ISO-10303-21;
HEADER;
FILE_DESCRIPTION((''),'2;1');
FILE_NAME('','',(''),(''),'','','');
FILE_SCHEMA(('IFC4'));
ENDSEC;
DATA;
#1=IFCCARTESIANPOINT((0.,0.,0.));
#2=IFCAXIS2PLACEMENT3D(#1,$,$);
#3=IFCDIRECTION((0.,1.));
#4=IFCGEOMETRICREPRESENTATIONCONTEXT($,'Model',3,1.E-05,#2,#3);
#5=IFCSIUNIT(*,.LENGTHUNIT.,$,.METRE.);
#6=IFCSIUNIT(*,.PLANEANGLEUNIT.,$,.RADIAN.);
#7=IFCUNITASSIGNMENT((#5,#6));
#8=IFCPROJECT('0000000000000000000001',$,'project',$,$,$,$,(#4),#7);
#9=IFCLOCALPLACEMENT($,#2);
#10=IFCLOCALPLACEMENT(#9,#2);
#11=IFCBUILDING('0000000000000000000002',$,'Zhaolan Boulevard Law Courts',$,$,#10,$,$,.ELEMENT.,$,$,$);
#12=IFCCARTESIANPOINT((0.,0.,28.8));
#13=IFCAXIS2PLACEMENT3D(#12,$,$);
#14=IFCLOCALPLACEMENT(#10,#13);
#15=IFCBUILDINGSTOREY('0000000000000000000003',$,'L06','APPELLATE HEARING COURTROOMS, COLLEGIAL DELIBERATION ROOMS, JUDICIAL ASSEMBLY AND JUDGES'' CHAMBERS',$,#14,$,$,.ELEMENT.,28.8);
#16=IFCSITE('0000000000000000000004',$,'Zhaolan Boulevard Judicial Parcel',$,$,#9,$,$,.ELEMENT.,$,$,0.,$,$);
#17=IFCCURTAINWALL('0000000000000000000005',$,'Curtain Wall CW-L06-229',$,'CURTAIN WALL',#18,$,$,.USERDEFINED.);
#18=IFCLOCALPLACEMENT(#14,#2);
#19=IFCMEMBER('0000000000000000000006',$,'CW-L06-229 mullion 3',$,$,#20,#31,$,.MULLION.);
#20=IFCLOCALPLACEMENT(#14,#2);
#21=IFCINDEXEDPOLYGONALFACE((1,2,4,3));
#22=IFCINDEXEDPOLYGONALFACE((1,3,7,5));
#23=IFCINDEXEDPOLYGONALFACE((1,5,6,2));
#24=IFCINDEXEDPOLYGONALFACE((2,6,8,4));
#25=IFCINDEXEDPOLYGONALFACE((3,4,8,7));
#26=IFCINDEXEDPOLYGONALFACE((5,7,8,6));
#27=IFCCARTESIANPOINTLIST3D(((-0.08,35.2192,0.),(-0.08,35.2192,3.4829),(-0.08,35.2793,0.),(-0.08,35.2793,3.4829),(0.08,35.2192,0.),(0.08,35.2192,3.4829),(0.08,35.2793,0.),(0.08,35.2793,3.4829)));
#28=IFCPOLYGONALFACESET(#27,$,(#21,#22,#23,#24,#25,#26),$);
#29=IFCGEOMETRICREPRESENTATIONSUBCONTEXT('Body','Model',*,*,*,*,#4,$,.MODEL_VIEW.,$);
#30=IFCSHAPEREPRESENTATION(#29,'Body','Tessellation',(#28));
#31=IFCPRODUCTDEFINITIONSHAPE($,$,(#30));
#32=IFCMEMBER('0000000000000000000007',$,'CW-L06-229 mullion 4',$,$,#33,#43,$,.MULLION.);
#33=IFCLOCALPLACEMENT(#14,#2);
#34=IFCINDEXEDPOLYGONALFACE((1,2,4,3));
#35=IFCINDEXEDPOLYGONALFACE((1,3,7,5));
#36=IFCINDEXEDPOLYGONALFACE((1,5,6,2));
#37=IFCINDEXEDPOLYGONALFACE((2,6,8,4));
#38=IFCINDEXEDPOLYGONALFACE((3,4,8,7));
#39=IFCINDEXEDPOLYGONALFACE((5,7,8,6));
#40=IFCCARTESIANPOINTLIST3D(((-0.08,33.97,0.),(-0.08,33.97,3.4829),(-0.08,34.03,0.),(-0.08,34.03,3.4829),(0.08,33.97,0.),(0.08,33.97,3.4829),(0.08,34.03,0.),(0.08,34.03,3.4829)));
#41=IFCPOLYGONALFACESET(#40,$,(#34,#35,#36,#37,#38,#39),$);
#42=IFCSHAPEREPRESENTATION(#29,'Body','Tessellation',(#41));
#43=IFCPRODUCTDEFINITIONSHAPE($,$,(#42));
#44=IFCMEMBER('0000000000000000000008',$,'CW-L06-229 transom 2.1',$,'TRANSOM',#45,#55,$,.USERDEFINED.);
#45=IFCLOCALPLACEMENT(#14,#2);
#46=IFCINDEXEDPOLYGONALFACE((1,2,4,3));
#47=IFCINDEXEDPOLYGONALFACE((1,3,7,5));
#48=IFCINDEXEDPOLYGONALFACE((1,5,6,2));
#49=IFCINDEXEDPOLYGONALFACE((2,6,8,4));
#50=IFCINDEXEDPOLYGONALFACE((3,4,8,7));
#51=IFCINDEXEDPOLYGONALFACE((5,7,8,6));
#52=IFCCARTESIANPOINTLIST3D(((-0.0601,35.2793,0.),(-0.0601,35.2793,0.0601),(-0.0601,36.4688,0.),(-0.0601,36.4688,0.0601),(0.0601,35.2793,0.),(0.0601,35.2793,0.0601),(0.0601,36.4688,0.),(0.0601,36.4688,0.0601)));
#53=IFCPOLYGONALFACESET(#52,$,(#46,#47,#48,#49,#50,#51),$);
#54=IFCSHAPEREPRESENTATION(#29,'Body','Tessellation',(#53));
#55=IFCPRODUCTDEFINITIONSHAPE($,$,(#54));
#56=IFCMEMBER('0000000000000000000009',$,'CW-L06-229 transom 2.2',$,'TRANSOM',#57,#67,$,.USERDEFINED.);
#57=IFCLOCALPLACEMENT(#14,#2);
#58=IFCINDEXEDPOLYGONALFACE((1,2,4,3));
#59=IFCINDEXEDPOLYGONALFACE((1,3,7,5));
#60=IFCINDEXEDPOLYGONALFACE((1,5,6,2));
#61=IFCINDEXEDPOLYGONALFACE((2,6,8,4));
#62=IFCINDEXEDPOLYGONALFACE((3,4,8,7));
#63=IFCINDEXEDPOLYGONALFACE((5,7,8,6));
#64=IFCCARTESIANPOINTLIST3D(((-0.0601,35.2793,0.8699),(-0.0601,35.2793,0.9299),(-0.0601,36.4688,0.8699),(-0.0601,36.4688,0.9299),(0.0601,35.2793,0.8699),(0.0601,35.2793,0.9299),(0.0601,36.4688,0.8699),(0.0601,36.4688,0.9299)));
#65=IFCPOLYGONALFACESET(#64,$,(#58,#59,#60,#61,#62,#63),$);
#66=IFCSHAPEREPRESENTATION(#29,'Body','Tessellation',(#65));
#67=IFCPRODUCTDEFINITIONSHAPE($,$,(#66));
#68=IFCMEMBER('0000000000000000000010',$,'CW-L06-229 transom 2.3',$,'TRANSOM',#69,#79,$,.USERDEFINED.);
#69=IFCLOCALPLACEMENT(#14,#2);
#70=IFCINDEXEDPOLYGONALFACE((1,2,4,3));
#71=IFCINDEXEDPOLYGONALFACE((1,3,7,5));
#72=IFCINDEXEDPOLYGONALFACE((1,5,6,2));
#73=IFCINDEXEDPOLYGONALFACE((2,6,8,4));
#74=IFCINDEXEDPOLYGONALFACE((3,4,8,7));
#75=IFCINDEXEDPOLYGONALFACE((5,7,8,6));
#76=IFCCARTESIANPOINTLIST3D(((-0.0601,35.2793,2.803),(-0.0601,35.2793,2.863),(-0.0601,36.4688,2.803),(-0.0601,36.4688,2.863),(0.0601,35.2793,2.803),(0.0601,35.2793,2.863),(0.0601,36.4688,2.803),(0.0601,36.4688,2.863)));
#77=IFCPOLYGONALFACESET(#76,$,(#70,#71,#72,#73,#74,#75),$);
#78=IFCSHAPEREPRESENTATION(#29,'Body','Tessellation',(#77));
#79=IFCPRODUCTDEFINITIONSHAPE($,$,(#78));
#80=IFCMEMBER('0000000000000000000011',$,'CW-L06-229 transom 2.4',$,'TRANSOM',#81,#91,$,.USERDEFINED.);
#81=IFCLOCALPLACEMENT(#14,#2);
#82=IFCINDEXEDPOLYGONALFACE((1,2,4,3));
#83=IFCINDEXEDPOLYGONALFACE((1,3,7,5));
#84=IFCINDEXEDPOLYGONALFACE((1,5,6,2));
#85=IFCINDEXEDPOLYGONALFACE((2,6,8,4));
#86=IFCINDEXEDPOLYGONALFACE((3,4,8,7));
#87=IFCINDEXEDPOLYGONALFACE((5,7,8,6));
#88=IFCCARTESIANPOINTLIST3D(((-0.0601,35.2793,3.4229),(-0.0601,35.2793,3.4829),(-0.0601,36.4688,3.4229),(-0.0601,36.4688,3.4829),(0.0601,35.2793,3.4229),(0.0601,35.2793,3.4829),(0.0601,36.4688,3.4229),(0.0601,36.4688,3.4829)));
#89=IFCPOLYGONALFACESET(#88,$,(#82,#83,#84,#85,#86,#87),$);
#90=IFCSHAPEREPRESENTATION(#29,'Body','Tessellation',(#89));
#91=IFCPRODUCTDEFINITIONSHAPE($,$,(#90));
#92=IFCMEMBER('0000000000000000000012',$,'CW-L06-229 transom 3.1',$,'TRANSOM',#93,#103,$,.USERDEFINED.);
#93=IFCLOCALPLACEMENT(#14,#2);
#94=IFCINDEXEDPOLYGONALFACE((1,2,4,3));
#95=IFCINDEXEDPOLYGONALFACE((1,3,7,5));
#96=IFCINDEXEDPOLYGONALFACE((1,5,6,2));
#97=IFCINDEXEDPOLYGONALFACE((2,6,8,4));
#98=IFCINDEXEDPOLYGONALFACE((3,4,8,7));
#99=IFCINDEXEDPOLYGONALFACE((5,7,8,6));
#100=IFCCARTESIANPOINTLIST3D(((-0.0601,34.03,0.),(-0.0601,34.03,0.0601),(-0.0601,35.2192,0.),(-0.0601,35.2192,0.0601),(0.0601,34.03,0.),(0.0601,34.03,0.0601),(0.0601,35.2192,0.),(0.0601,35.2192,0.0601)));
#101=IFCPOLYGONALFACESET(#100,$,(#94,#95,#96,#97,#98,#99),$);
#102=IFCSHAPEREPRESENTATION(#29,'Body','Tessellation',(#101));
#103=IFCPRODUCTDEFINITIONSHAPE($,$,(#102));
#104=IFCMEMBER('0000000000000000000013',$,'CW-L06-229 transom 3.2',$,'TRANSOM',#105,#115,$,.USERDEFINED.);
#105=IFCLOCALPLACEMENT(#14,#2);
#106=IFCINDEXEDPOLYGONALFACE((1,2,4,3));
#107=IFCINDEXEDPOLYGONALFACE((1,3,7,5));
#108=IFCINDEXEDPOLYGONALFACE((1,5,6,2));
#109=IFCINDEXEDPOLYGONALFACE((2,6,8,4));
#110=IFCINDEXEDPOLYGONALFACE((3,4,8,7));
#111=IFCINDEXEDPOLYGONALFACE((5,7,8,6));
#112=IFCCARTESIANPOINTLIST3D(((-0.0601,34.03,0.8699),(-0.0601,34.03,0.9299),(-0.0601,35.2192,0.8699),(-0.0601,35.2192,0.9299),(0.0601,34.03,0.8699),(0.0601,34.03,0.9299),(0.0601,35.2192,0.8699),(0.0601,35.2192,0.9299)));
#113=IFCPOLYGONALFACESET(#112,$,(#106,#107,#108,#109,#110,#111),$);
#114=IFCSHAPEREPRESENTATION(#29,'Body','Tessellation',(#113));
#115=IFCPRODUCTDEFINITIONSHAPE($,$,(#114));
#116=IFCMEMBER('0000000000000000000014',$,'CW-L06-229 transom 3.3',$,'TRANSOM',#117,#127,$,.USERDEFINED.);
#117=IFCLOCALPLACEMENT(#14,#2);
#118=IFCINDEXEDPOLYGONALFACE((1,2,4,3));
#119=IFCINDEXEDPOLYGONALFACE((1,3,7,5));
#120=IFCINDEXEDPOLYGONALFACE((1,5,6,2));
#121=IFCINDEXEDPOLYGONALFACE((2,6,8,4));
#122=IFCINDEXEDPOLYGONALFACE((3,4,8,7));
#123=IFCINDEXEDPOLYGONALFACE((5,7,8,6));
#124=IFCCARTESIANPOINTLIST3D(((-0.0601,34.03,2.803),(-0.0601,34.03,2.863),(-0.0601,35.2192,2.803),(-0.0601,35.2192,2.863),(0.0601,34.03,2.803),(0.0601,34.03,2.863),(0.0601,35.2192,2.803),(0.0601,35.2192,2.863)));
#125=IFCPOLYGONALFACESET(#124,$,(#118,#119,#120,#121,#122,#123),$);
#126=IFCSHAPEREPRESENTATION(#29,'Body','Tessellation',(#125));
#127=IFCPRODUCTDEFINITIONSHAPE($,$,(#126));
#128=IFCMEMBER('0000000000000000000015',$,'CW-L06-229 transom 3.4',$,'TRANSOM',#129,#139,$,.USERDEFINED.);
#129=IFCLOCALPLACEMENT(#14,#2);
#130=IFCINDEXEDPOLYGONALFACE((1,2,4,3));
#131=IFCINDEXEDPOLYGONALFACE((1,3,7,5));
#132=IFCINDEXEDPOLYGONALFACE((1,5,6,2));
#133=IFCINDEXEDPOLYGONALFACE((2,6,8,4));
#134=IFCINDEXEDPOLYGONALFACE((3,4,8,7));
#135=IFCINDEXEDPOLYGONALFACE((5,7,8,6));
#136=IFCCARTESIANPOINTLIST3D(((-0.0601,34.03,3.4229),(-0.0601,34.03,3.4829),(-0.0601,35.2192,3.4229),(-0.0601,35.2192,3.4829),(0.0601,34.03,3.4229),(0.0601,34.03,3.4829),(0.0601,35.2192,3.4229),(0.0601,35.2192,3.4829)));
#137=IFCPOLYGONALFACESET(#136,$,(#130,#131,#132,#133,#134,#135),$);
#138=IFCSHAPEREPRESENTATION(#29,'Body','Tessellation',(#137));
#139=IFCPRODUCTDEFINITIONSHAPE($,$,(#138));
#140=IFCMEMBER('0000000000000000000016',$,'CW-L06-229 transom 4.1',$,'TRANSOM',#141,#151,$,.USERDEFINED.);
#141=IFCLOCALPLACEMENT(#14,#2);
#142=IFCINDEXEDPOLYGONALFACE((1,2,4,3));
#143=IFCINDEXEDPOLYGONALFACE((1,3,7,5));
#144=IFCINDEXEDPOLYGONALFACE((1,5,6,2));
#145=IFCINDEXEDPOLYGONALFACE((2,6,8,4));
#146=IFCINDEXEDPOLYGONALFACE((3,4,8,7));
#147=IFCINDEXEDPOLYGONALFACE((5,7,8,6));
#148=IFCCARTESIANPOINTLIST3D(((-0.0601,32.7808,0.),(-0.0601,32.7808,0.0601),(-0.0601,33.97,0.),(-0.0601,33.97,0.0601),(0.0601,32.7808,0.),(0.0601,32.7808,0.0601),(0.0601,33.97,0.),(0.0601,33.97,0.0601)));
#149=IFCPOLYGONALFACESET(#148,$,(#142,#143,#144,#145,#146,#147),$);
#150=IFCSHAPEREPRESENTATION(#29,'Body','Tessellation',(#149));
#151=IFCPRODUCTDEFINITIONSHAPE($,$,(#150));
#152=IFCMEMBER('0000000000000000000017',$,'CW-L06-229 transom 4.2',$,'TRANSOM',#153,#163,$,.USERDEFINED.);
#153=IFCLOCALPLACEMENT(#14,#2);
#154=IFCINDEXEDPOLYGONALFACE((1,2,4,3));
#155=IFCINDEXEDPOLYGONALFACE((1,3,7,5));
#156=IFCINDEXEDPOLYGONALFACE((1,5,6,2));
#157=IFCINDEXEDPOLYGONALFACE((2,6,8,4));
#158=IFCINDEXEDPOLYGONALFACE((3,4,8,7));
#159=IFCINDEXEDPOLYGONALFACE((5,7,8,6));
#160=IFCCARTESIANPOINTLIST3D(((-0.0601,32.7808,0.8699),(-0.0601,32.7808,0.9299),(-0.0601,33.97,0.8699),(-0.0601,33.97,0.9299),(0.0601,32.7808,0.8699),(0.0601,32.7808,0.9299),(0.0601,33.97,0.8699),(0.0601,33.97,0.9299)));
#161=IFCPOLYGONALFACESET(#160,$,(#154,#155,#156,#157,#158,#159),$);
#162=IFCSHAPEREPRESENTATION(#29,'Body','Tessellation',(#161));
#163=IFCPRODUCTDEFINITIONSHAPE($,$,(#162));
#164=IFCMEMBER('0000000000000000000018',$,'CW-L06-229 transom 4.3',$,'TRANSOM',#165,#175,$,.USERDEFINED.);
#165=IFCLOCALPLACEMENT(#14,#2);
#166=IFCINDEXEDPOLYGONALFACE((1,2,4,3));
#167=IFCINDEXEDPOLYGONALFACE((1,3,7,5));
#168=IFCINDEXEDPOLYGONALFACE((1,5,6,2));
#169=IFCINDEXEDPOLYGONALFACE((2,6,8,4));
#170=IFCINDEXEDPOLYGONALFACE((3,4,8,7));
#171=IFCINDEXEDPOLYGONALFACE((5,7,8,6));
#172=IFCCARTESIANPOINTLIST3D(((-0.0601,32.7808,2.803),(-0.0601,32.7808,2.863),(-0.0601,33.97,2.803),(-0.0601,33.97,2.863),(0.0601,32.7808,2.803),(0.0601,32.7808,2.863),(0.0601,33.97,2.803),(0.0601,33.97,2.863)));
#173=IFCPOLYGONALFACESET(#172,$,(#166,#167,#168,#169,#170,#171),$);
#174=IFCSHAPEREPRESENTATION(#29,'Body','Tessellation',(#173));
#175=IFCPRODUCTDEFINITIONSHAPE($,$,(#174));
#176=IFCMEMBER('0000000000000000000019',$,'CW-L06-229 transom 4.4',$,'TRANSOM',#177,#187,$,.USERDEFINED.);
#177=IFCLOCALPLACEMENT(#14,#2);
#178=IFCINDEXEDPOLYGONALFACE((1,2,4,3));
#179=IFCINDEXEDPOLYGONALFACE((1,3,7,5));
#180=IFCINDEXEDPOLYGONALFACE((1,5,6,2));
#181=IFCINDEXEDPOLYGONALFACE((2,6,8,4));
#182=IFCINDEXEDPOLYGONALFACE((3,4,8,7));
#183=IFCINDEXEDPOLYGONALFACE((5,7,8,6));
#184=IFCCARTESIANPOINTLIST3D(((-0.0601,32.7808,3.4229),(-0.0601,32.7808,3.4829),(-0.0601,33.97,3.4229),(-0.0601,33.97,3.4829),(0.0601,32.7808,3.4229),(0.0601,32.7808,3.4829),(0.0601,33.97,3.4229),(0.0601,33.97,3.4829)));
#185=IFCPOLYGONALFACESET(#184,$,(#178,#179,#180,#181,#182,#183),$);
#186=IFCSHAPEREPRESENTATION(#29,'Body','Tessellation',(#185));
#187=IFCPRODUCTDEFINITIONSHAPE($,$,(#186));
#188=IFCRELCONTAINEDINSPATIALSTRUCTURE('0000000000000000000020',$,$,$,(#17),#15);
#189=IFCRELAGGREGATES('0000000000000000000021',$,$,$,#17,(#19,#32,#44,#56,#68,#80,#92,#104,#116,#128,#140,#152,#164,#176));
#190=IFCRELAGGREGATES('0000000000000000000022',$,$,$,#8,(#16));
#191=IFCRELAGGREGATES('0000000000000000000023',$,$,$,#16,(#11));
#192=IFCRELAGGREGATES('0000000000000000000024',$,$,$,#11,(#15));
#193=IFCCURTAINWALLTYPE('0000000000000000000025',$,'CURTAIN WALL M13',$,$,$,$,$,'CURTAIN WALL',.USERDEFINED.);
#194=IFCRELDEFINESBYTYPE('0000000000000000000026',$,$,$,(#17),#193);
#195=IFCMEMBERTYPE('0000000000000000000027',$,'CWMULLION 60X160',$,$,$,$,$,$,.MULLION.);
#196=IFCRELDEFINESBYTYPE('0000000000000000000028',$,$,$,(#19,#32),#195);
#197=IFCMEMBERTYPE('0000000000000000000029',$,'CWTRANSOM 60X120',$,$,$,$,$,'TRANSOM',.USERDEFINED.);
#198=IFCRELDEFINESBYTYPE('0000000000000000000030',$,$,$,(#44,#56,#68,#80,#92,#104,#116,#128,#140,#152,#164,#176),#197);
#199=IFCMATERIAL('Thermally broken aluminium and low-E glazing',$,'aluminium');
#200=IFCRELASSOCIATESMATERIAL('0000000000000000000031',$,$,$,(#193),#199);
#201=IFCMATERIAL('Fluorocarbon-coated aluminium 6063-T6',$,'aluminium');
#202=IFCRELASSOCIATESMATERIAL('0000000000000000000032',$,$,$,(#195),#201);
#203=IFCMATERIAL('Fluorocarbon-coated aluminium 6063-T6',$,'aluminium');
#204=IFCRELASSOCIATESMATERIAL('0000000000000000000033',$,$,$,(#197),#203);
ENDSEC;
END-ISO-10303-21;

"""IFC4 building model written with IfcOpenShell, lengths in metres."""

from ifc_helpers import new_model, si_unit, direction, frame, origin, origin_2d, place, context, subcontext, project, spatial, rectangle, extrude, material, material_profile, profile_set, type_object, element, aggregate, save


model = new_model("IFC4")

# Units and contexts
model_context = context("Model", 3, precision=1e-05, world=origin(), true_north=direction((0.0, 1.0)))
body_context = subcontext(model_context, "Body", "Model", "MODEL_VIEW")
ifc_project = project(units=[si_unit("LENGTHUNIT", "METRE"), si_unit("PLANEANGLEUNIT", "RADIAN")], contexts=[model_context])

# Site, building, storey
site_placement = place(None, origin())
site = spatial("IfcSite", under=ifc_project, at=site_placement, Name="Zhaolan Boulevard Judicial Parcel", CompositionType="ELEMENT", RefElevation=0.0)
building_placement = place(site_placement, origin())
building = spatial("IfcBuilding", under=site, at=building_placement, Name="Zhaolan Boulevard Law Courts", CompositionType="ELEMENT")
storey_placement = place(building_placement, frame((0.0, 0.0, 28.8)))
storey = spatial("IfcBuildingStorey", under=building, at=storey_placement, Name="L06", Description="APPELLATE HEARING COURTROOMS, COLLEGIAL DELIBERATION ROOMS, JUDICIAL ASSEMBLY AND JUDGES' CHAMBERS", CompositionType="ELEMENT", Elevation=28.8)

# Curtain wall, members
ifc_material_1 = material(Name="Thermally broken aluminium and low-E glazing", Category="aluminium")
curtain_wall_type = type_object("IfcCurtainWallType", Name="CURTAIN WALL M13", ElementType="CURTAIN WALL", PredefinedType="USERDEFINED", material=ifc_material_1)
curtain_wall_placement = place(storey_placement, origin())
curtain_wall = element("IfcCurtainWall", 1, at=curtain_wall_placement, inside=storey, type_object=curtain_wall_type, Name="Curtain Wall CW-L06-229", ObjectType="CURTAIN WALL", PredefinedType="USERDEFINED")
ifc_material_2 = material(Name="Fluorocarbon-coated aluminium 6063-T6", Category="aluminium")
ifc_material_profile_1 = material_profile(ifc_material_2, rectangle(XDim=0.1599, YDim=0.0601, at=origin_2d()), Name="AL60x160")
ifc_profile_set_1 = profile_set([ifc_material_profile_1], Name="Fluorocarbon-coated aluminium 6063-T6")
member_type_1 = type_object("IfcMemberType", Name="CWMULLION 60X160", PredefinedType="MULLION", material=ifc_profile_set_1)
member_1_placement = place(storey_placement, frame((0.0, 35.2493, 0.0), z_axis=(0.0, 0.0, 1.0), x_axis=(1.0, 0.0, 0.0)))
member_1 = element("IfcMember", 2, at=member_1_placement, type_object=member_type_1, Name="CW-L06-229 mullion 3", PredefinedType="MULLION", context=body_context, shape_type="SweptSolid", body=[
    extrude(rectangle(XDim=0.1599, YDim=0.0601, at=origin_2d()), origin(), (0.0, 0.0, 1.0), 3.4829),
])
member_2_placement = place(storey_placement, frame((0.0, 34.0, 0.0), z_axis=(0.0, 0.0, 1.0), x_axis=(1.0, 0.0, 0.0)))
member_2 = element("IfcMember", 3, at=member_2_placement, type_object=member_type_1, Name="CW-L06-229 mullion 4", PredefinedType="MULLION", context=body_context, shape_type="SweptSolid", body=[
    extrude(rectangle(XDim=0.1599, YDim=0.0601, at=origin_2d()), origin(), (0.0, 0.0, 1.0), 3.4829),
])
ifc_material_3 = material(Name="Fluorocarbon-coated aluminium 6063-T6", Category="aluminium")
ifc_material_profile_2 = material_profile(ifc_material_3, rectangle(XDim=0.1201, YDim=0.0601, at=origin_2d()), Name="AL60x120")
ifc_profile_set_2 = profile_set([ifc_material_profile_2], Name="Fluorocarbon-coated aluminium 6063-T6")
member_type_2 = type_object("IfcMemberType", Name="CWTRANSOM 60X120", ElementType="TRANSOM", PredefinedType="USERDEFINED", material=ifc_profile_set_2)
member_3_placement = place(storey_placement, frame((0.0, 36.4688, 0.03), z_axis=(0.0, -1.0, 0.0), x_axis=(1.0, 0.0, 0.0)))
member_3 = element("IfcMember", 4, at=member_3_placement, type_object=member_type_2, Name="CW-L06-229 transom 2.1", ObjectType="TRANSOM", PredefinedType="USERDEFINED", context=body_context, shape_type="SweptSolid", body=[
    extrude(rectangle(XDim=0.1201, YDim=0.0601, at=origin_2d()), origin(), (0.0, 0.0, 1.0), 1.1895),
])
member_4_placement = place(storey_placement, frame((0.0, 36.4688, 0.8999), z_axis=(0.0, -1.0, 0.0), x_axis=(1.0, 0.0, 0.0)))
member_4 = element("IfcMember", 5, at=member_4_placement, type_object=member_type_2, Name="CW-L06-229 transom 2.2", ObjectType="TRANSOM", PredefinedType="USERDEFINED", context=body_context, shape_type="SweptSolid", body=[
    extrude(rectangle(XDim=0.1201, YDim=0.0601, at=origin_2d()), origin(), (0.0, 0.0, 1.0), 1.1895),
])
member_5_placement = place(storey_placement, frame((0.0, 36.4688, 2.833), z_axis=(0.0, -1.0, 0.0), x_axis=(1.0, 0.0, 0.0)))
member_5 = element("IfcMember", 6, at=member_5_placement, type_object=member_type_2, Name="CW-L06-229 transom 2.3", ObjectType="TRANSOM", PredefinedType="USERDEFINED", context=body_context, shape_type="SweptSolid", body=[
    extrude(rectangle(XDim=0.1201, YDim=0.0601, at=origin_2d()), origin(), (0.0, 0.0, 1.0), 1.1895),
])
member_6_placement = place(storey_placement, frame((0.0, 36.4688, 3.4529), z_axis=(0.0, -1.0, 0.0), x_axis=(1.0, 0.0, 0.0)))
member_6 = element("IfcMember", 7, at=member_6_placement, type_object=member_type_2, Name="CW-L06-229 transom 2.4", ObjectType="TRANSOM", PredefinedType="USERDEFINED", context=body_context, shape_type="SweptSolid", body=[
    extrude(rectangle(XDim=0.1201, YDim=0.0601, at=origin_2d()), origin(), (0.0, 0.0, 1.0), 1.1895),
])
member_7_placement = place(storey_placement, frame((0.0, 35.2192, 0.03), z_axis=(0.0, -1.0, 0.0), x_axis=(1.0, 0.0, 0.0)))
member_7 = element("IfcMember", 8, at=member_7_placement, type_object=member_type_2, Name="CW-L06-229 transom 3.1", ObjectType="TRANSOM", PredefinedType="USERDEFINED", context=body_context, shape_type="SweptSolid", body=[
    extrude(rectangle(XDim=0.1201, YDim=0.0601, at=origin_2d()), origin(), (0.0, 0.0, 1.0), 1.1892),
])
member_8_placement = place(storey_placement, frame((0.0, 35.2192, 0.8999), z_axis=(0.0, -1.0, 0.0), x_axis=(1.0, 0.0, 0.0)))
member_8 = element("IfcMember", 9, at=member_8_placement, type_object=member_type_2, Name="CW-L06-229 transom 3.2", ObjectType="TRANSOM", PredefinedType="USERDEFINED", context=body_context, shape_type="SweptSolid", body=[
    extrude(rectangle(XDim=0.1201, YDim=0.0601, at=origin_2d()), origin(), (0.0, 0.0, 1.0), 1.1892),
])
member_9_placement = place(storey_placement, frame((0.0, 35.2192, 2.833), z_axis=(0.0, -1.0, 0.0), x_axis=(1.0, 0.0, 0.0)))
member_9 = element("IfcMember", 10, at=member_9_placement, type_object=member_type_2, Name="CW-L06-229 transom 3.3", ObjectType="TRANSOM", PredefinedType="USERDEFINED", context=body_context, shape_type="SweptSolid", body=[
    extrude(rectangle(XDim=0.1201, YDim=0.0601, at=origin_2d()), origin(), (0.0, 0.0, 1.0), 1.1892),
])
member_10_placement = place(storey_placement, frame((0.0, 35.2192, 3.4529), z_axis=(0.0, -1.0, 0.0), x_axis=(1.0, 0.0, 0.0)))
member_10 = element("IfcMember", 11, at=member_10_placement, type_object=member_type_2, Name="CW-L06-229 transom 3.4", ObjectType="TRANSOM", PredefinedType="USERDEFINED", context=body_context, shape_type="SweptSolid", body=[
    extrude(rectangle(XDim=0.1201, YDim=0.0601, at=origin_2d()), origin(), (0.0, 0.0, 1.0), 1.1892),
])
member_11_placement = place(storey_placement, frame((0.0, 33.97, 0.03), z_axis=(0.0, -1.0, 0.0), x_axis=(1.0, 0.0, 0.0)))
member_11 = element("IfcMember", 12, at=member_11_placement, type_object=member_type_2, Name="CW-L06-229 transom 4.1", ObjectType="TRANSOM", PredefinedType="USERDEFINED", context=body_context, shape_type="SweptSolid", body=[
    extrude(rectangle(XDim=0.1201, YDim=0.0601, at=origin_2d()), origin(), (0.0, 0.0, 1.0), 1.1892),
])
member_12_placement = place(storey_placement, frame((0.0, 33.97, 0.8999), z_axis=(0.0, -1.0, 0.0), x_axis=(1.0, 0.0, 0.0)))
member_12 = element("IfcMember", 13, at=member_12_placement, type_object=member_type_2, Name="CW-L06-229 transom 4.2", ObjectType="TRANSOM", PredefinedType="USERDEFINED", context=body_context, shape_type="SweptSolid", body=[
    extrude(rectangle(XDim=0.1201, YDim=0.0601, at=origin_2d()), origin(), (0.0, 0.0, 1.0), 1.1892),
])
member_13_placement = place(storey_placement, frame((0.0, 33.97, 2.833), z_axis=(0.0, -1.0, 0.0), x_axis=(1.0, 0.0, 0.0)))
member_13 = element("IfcMember", 14, at=member_13_placement, type_object=member_type_2, Name="CW-L06-229 transom 4.3", ObjectType="TRANSOM", PredefinedType="USERDEFINED", context=body_context, shape_type="SweptSolid", body=[
    extrude(rectangle(XDim=0.1201, YDim=0.0601, at=origin_2d()), origin(), (0.0, 0.0, 1.0), 1.1892),
])
member_14_placement = place(storey_placement, frame((0.0, 33.97, 3.4529), z_axis=(0.0, -1.0, 0.0), x_axis=(1.0, 0.0, 0.0)))
member_14 = element("IfcMember", 15, at=member_14_placement, type_object=member_type_2, Name="CW-L06-229 transom 4.4", ObjectType="TRANSOM", PredefinedType="USERDEFINED", context=body_context, shape_type="SweptSolid", body=[
    extrude(rectangle(XDim=0.1201, YDim=0.0601, at=origin_2d()), origin(), (0.0, 0.0, 1.0), 1.1892),
])
aggregate(curtain_wall, [member_1, member_2, member_3, member_4, member_5, member_6, member_7, member_8, member_9, member_10, member_11, member_12, member_13, member_14])

save(model, "model.ifc")
